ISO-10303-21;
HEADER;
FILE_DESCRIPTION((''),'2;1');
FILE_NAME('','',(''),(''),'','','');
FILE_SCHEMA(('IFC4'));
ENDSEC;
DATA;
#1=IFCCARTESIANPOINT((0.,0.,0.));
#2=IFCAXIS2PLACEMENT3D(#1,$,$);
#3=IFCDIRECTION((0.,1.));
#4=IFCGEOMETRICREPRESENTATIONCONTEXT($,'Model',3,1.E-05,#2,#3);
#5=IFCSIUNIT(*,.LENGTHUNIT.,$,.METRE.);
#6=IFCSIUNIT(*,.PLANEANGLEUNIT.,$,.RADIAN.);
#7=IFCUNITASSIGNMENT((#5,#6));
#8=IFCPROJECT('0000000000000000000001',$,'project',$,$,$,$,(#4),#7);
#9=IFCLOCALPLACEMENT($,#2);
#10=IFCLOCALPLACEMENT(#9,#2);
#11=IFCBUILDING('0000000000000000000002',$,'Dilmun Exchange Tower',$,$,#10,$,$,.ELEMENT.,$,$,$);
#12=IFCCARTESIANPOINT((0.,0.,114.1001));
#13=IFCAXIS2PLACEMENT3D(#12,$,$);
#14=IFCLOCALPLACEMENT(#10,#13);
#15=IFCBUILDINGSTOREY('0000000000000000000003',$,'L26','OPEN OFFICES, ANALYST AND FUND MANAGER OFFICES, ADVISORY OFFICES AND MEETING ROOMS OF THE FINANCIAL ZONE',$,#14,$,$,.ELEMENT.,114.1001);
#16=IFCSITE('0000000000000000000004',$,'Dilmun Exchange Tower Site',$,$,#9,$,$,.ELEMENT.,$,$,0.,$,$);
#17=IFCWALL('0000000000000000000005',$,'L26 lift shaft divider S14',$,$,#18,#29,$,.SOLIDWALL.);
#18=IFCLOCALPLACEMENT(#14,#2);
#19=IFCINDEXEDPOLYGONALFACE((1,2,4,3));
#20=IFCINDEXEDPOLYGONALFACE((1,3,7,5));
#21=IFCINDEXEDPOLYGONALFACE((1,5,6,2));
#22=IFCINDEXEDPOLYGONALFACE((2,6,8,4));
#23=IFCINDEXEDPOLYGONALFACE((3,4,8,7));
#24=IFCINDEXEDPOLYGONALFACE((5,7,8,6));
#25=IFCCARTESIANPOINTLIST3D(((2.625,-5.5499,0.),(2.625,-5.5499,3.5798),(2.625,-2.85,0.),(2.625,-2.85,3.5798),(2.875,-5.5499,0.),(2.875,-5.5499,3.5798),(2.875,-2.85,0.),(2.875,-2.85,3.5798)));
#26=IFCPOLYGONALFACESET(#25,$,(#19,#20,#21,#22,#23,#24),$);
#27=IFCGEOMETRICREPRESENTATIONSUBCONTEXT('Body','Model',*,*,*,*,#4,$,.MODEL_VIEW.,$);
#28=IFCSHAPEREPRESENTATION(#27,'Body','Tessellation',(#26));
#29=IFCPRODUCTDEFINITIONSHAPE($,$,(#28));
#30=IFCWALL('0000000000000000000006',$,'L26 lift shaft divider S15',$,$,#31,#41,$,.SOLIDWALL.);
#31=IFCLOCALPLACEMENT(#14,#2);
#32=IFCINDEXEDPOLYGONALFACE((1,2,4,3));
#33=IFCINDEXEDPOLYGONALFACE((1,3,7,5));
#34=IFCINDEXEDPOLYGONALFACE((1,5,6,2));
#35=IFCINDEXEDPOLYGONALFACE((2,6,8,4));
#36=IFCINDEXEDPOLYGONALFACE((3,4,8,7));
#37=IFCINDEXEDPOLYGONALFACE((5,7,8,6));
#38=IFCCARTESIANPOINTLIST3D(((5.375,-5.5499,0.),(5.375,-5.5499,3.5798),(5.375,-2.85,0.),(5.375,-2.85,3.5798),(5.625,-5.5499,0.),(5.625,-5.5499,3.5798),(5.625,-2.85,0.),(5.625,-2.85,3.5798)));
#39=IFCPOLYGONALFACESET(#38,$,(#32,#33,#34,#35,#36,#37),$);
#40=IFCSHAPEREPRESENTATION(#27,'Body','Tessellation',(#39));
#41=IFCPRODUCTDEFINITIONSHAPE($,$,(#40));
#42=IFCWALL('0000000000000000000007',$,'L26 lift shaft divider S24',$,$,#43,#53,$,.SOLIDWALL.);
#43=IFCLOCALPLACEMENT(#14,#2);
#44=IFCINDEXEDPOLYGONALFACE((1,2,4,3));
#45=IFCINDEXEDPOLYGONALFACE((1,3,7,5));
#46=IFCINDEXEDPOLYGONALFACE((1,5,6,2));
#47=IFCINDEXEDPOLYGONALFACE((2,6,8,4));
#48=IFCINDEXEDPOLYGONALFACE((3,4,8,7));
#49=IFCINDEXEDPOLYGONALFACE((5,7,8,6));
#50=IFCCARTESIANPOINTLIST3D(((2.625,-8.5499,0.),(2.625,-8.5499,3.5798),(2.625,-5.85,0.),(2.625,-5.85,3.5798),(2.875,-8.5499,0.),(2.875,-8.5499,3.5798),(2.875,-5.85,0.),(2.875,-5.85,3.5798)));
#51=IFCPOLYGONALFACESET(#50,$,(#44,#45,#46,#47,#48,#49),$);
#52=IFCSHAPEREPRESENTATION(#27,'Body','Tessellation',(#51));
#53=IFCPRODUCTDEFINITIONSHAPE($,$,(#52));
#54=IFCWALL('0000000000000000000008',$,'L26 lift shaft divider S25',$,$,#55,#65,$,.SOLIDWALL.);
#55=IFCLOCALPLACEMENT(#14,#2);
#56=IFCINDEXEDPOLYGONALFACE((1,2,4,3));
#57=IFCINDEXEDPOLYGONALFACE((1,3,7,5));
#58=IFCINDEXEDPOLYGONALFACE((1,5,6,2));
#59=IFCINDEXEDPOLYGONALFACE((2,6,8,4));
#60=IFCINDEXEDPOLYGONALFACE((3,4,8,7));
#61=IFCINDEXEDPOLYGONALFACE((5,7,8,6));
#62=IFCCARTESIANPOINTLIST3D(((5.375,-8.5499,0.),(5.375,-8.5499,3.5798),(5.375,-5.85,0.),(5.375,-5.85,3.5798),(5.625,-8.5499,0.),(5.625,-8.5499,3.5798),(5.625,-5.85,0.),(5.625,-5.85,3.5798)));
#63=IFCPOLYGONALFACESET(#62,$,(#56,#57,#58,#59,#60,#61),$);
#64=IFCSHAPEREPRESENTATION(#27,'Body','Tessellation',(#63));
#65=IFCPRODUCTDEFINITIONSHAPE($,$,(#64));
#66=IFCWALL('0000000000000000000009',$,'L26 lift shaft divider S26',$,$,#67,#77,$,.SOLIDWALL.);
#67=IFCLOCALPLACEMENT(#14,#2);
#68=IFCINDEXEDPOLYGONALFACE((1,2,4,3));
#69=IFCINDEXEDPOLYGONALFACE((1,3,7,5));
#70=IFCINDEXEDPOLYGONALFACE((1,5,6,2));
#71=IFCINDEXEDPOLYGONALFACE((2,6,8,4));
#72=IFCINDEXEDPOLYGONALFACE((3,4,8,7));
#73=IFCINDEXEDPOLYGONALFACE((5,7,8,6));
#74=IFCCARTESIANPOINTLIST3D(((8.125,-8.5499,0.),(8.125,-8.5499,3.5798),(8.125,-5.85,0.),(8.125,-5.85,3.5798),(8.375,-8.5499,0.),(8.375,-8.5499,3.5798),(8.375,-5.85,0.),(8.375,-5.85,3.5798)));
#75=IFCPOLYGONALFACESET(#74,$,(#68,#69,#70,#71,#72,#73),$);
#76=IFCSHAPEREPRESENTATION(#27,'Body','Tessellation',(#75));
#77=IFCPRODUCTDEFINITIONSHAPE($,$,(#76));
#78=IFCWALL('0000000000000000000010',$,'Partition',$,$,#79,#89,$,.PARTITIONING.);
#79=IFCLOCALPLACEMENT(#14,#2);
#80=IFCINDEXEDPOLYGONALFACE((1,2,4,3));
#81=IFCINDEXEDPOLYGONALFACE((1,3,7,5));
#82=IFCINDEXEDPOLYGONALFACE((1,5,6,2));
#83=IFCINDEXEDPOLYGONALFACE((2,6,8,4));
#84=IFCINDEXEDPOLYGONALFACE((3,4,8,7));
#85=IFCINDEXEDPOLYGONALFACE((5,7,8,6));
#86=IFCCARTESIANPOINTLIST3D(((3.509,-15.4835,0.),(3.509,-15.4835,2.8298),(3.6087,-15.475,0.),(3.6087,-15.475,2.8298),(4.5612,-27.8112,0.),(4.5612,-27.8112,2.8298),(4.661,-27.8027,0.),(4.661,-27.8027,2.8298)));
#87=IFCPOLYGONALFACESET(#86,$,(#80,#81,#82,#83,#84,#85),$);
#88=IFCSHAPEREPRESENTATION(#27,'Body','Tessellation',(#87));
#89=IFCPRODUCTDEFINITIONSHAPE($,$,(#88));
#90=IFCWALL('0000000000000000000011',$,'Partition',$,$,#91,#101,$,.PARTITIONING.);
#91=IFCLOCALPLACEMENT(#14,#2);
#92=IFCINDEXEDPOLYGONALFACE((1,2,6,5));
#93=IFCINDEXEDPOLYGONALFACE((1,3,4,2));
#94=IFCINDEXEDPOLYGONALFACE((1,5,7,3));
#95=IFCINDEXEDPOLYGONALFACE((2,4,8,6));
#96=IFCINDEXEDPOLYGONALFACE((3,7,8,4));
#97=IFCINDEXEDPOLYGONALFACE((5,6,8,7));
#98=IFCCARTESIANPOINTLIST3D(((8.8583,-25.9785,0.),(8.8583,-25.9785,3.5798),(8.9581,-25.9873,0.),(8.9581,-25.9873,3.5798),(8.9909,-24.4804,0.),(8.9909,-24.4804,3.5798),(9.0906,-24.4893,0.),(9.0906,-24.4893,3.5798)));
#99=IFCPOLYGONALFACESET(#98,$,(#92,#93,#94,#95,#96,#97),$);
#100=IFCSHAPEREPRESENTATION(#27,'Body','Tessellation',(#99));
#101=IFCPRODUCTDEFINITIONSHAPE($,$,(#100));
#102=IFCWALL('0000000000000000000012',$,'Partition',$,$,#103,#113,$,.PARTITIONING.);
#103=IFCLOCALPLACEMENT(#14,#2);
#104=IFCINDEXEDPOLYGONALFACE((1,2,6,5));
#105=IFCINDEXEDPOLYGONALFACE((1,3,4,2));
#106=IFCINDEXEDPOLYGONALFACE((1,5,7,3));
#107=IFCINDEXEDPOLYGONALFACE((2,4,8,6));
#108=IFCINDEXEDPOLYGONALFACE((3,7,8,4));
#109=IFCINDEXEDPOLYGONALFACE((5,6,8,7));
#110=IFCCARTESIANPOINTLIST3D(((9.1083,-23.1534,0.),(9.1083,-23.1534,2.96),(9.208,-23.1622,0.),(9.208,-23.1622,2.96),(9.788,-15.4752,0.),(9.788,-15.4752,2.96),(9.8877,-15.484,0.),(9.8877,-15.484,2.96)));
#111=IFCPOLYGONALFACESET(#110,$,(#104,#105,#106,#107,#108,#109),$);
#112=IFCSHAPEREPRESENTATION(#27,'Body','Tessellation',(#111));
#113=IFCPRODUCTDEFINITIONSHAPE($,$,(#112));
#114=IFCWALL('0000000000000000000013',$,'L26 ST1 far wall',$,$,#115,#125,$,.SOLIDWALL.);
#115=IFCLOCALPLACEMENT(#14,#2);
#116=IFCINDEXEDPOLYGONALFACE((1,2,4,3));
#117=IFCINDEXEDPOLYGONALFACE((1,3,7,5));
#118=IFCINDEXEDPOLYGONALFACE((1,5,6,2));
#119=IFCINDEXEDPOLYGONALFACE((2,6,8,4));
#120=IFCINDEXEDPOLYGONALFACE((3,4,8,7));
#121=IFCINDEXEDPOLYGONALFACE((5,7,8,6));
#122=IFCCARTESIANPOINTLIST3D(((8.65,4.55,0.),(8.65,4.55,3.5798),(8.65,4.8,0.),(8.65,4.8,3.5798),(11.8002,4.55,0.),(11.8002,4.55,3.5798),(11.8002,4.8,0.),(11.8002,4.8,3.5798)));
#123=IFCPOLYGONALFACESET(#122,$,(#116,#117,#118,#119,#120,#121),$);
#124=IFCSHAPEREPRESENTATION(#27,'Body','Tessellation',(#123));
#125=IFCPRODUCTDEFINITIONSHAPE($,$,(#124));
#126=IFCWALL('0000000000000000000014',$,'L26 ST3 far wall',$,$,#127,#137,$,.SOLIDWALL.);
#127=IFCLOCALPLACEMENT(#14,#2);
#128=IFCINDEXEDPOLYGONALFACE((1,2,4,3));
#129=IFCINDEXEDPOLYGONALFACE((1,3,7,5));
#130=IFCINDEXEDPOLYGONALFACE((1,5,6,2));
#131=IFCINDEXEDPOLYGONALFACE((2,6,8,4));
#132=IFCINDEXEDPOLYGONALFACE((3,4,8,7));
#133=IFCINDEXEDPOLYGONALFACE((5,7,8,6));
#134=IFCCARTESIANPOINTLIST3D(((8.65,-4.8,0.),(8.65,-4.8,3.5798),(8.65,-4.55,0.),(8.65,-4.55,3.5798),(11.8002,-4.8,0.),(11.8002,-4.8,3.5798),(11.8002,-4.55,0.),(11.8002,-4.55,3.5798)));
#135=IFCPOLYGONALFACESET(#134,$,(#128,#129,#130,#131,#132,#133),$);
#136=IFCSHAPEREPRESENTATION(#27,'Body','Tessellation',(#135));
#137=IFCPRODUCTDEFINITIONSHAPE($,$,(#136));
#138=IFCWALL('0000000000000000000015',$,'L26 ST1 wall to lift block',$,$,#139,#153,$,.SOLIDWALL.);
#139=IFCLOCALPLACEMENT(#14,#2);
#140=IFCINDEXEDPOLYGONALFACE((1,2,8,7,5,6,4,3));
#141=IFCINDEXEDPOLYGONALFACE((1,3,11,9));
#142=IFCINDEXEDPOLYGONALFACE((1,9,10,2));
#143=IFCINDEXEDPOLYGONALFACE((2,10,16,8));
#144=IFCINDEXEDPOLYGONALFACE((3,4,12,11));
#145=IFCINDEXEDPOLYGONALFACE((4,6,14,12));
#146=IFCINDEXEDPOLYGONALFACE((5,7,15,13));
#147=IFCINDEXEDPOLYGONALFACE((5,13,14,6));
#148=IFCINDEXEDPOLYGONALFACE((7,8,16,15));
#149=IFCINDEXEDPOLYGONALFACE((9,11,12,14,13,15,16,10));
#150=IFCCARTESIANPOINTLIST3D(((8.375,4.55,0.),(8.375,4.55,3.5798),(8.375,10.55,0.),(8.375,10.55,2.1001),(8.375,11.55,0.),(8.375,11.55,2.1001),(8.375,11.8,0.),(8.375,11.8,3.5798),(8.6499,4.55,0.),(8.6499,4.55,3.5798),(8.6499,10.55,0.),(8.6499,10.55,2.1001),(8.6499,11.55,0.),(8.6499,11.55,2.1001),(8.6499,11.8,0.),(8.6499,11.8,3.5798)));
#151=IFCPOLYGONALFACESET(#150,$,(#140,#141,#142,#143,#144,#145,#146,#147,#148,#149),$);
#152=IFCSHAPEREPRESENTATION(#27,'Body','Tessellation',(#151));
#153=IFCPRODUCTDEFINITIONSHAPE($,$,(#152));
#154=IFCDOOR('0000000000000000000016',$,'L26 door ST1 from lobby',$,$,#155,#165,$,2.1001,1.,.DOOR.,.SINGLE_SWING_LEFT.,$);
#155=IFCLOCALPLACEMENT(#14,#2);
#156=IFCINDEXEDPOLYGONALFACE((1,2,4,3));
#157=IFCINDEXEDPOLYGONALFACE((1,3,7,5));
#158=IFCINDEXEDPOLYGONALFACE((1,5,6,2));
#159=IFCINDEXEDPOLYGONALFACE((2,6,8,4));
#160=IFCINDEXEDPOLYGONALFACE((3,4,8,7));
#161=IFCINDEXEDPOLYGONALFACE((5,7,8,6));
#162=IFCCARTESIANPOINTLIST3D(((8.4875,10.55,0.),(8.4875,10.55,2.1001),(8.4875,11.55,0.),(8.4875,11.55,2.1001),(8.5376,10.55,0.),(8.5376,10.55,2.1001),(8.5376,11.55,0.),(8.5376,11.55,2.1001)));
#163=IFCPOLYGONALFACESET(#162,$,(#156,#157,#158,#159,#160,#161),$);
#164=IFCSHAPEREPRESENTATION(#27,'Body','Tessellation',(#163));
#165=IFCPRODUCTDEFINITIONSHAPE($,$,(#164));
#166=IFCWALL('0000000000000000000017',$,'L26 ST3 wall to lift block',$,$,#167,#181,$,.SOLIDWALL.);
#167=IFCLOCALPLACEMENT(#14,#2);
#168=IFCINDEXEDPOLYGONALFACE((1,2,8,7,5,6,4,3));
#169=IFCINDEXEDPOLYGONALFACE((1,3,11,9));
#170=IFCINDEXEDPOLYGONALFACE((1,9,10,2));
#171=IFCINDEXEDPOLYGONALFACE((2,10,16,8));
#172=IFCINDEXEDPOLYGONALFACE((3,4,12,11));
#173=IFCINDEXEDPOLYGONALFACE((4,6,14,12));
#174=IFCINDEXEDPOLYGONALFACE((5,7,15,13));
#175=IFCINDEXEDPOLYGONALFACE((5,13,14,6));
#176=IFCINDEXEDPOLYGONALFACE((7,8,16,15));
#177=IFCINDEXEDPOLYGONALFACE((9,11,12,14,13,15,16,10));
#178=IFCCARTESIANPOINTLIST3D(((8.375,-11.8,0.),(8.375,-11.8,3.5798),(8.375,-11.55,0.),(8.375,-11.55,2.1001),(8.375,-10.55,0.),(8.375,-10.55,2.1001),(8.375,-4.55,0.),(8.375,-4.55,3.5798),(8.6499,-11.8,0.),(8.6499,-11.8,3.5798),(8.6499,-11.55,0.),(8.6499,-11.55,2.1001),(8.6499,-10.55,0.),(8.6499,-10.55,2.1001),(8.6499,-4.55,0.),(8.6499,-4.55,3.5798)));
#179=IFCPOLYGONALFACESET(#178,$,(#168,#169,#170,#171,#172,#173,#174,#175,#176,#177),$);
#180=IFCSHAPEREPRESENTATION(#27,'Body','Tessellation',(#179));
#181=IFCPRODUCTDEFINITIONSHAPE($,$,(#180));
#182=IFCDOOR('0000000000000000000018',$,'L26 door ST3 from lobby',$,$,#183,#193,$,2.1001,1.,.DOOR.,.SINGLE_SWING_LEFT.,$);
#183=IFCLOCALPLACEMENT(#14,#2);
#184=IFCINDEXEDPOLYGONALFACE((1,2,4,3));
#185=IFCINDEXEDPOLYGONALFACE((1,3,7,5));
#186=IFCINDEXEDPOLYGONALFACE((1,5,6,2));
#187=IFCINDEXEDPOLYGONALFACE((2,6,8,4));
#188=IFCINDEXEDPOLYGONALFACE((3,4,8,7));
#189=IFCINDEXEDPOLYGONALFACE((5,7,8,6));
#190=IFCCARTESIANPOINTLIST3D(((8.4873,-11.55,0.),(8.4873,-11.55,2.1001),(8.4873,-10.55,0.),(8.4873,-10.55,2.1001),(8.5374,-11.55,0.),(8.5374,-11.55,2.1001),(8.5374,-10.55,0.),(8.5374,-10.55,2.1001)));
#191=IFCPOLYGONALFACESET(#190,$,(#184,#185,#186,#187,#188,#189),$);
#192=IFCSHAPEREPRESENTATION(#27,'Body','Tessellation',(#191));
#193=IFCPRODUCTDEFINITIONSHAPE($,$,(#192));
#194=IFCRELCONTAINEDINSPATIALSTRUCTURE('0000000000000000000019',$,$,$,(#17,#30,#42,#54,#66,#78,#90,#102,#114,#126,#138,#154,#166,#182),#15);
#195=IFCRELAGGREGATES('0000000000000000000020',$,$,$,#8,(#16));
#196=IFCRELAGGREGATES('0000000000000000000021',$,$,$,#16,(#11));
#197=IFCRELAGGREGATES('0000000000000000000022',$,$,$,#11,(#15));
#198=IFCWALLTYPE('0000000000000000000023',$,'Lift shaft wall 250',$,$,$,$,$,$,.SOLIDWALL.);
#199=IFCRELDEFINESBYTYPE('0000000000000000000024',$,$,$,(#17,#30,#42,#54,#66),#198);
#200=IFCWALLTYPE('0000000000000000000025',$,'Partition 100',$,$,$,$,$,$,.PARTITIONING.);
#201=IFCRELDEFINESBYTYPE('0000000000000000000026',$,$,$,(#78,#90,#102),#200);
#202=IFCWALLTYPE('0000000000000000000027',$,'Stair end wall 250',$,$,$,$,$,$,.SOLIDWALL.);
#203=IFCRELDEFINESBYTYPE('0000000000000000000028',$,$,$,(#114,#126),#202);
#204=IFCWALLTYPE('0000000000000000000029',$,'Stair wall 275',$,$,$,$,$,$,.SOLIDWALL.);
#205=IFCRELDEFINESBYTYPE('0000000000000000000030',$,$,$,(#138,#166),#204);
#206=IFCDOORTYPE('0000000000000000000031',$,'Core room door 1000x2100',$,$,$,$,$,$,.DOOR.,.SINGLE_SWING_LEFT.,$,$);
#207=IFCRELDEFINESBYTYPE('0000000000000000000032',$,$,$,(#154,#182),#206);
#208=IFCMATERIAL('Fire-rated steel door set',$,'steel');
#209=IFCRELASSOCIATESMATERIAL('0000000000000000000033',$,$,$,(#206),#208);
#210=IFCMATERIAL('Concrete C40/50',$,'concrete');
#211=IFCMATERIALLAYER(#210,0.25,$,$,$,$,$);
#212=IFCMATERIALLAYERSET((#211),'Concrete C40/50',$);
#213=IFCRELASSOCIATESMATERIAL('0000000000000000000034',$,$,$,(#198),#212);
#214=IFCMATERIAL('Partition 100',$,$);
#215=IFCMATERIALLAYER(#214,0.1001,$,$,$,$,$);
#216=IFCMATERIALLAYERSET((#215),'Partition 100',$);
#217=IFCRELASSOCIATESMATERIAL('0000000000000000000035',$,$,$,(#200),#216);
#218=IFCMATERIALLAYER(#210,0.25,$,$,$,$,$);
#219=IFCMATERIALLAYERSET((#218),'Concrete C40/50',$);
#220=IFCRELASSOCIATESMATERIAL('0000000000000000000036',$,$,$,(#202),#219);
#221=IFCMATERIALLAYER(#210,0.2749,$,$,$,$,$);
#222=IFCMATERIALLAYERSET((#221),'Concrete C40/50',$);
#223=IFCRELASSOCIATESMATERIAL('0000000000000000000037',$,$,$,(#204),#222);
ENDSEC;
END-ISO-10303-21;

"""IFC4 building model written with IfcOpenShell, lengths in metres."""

from ifc_helpers import new_model, si_unit, direction, frame, frame_2d, origin, place, context, subcontext, project, spatial, rectangle, extrude, material, layer, layer_set, type_object, element, fill, save


model = new_model("IFC4")

# Units and contexts
model_context = context("Model", 3, precision=1e-05, world=origin(), true_north=direction((0.0, 1.0)))
body_context = subcontext(model_context, "Body", "Model", "MODEL_VIEW")
ifc_project = project(units=[si_unit("LENGTHUNIT", "METRE"), si_unit("PLANEANGLEUNIT", "RADIAN")], contexts=[model_context])

# Site, building, storey
site_placement = place(None, origin())
site = spatial("IfcSite", under=ifc_project, at=site_placement, Name="Dilmun Exchange Tower Site", CompositionType="ELEMENT", RefElevation=0.0)
building_placement = place(site_placement, origin())
building = spatial("IfcBuilding", under=site, at=building_placement, Name="Dilmun Exchange Tower", CompositionType="ELEMENT")
storey_placement = place(building_placement, frame((0.0, 0.0, 114.1001)))
storey = spatial("IfcBuildingStorey", under=building, at=storey_placement, Name="L26", Description="OPEN OFFICES, ANALYST AND FUND MANAGER OFFICES, ADVISORY OFFICES AND MEETING ROOMS OF THE FINANCIAL ZONE", CompositionType="ELEMENT", Elevation=114.1001)

# Shared definitions
ifc_material_1 = material(Name="Concrete C40/50", Category="concrete")

# Shared definitions
ifc_material_2 = material(Name="Fire-rated steel door set", Category="steel")
door_type_1 = type_object("IfcDoorType", Name="Core room door 1000x2100", OperationType="SINGLE_SWING_LEFT", PredefinedType="DOOR", material=ifc_material_2)

# Walls
ifc_layer_1 = layer(ifc_material_1, 0.25)
ifc_layer_set_1 = layer_set([ifc_layer_1], Name="Concrete C40/50")
wall_type_1 = type_object("IfcWallType", Name="Lift shaft wall 250", PredefinedType="SOLIDWALL", material=ifc_layer_set_1)
for number, where, z_axis, x_axis, name in (
    (1, (2.75, -5.55, 0.0), (0.0, 0.0, 1.0), (0.0, 1.0, 0.0), "L26 lift shaft divider S14"),
    (2, (5.5, -5.55, 0.0), (0.0, 0.0, 1.0), (0.0, 1.0, 0.0), "L26 lift shaft divider S15"),
    (3, (2.75, -8.55, 0.0), (0.0, 0.0, 1.0), (0.0, 1.0, 0.0), "L26 lift shaft divider S24"),
    (4, (5.5, -8.55, 0.0), (0.0, 0.0, 1.0), (0.0, 1.0, 0.0), "L26 lift shaft divider S25"),
    (5, (8.25, -8.55, 0.0), (0.0, 0.0, 1.0), (0.0, 1.0, 0.0), "L26 lift shaft divider S26"),
):
    element("IfcWall", number, at=place(storey_placement, frame(where, z_axis=z_axis, x_axis=x_axis)), inside=storey, type_object=wall_type_1, Name=name, PredefinedType="SOLIDWALL", context=body_context, shape_type="SweptSolid", body=[
        extrude(rectangle(XDim=2.7, YDim=0.25, at=frame_2d((1.3501, 0.0))), origin(), (0.0, 0.0, 1.0), 3.5798),
    ])
ifc_material_3 = material(Name="Partition 100")
ifc_layer_2 = layer(ifc_material_3, 0.1001)
ifc_layer_set_2 = layer_set([ifc_layer_2], Name="Partition 100")
wall_type_2 = type_object("IfcWallType", Name="Partition 100", PredefinedType="PARTITIONING", material=ifc_layer_set_2)
wall_1_placement = place(storey_placement, frame((3.5588, -15.4792, 0.0), z_axis=(0.0, 0.0, 1.0), x_axis=(0.085047, -0.996377, 0.0)))
element("IfcWall", 6, at=wall_1_placement, inside=storey, type_object=wall_type_2, Name="Partition", PredefinedType="PARTITIONING", context=body_context, shape_type="SweptSolid", body=[
    extrude(rectangle(XDim=12.3726, YDim=0.1001, at=frame_2d((6.1863, 0.0))), origin(), (0.0, 0.0, 1.0), 2.8298),
])
wall_2_placement = place(storey_placement, frame((8.9082, -25.9829, 0.0), z_axis=(0.0, 0.0, 1.0), x_axis=(0.08815, 0.996107, 0.0)))
element("IfcWall", 7, at=wall_2_placement, inside=storey, type_object=wall_type_2, Name="Partition", PredefinedType="PARTITIONING", context=body_context, shape_type="SweptSolid", body=[
    extrude(rectangle(XDim=1.5039, YDim=0.1001, at=frame_2d((0.752, 0.0))), origin(), (0.0, 0.0, 1.0), 3.5798),
])
wall_3_placement = place(storey_placement, frame((9.1582, -23.1577, 0.0), z_axis=(0.0, 0.0, 1.0), x_axis=(0.088177, 0.996105, 0.0)))
element("IfcWall", 8, at=wall_3_placement, inside=storey, type_object=wall_type_2, Name="Partition", PredefinedType="PARTITIONING", context=body_context, shape_type="SweptSolid", body=[
    extrude(rectangle(XDim=7.7083, YDim=0.1001, at=frame_2d((3.854, 0.0))), origin(), (0.0, 0.0, 1.0), 2.96),
])
ifc_layer_3 = layer(ifc_material_1, 0.25)
ifc_layer_set_3 = layer_set([ifc_layer_3], Name="Concrete C40/50")
wall_type_3 = type_object("IfcWallType", Name="Stair end wall 250", PredefinedType="SOLIDWALL", material=ifc_layer_set_3)
for number, where, z_axis, x_axis, name in (
    (9, (8.6499, 4.675, 0.0), (0.0, 0.0, 1.0), (1.0, 0.0, 0.0), "L26 ST1 far wall"),
    (10, (8.6499, -4.675, 0.0), (0.0, 0.0, 1.0), (1.0, 0.0, 0.0), "L26 ST3 far wall"),
):
    element("IfcWall", number, at=place(storey_placement, frame(where, z_axis=z_axis, x_axis=x_axis)), inside=storey, type_object=wall_type_3, Name=name, PredefinedType="SOLIDWALL", context=body_context, shape_type="SweptSolid", body=[
        extrude(rectangle(XDim=3.1501, YDim=0.25, at=frame_2d((1.5752, 0.0))), origin(), (0.0, 0.0, 1.0), 3.5798),
    ])

# Walls, openings, doors
ifc_layer_4 = layer(ifc_material_1, 0.2749)
ifc_layer_set_4 = layer_set([ifc_layer_4], Name="Concrete C40/50")
wall_type_4 = type_object("IfcWallType", Name="Stair wall 275", PredefinedType="SOLIDWALL", material=ifc_layer_set_4)
wall_4_placement = place(storey_placement, frame((8.5125, 4.55, 0.0), z_axis=(0.0, 0.0, 1.0), x_axis=(0.0, 1.0, 0.0)))
wall_4 = element("IfcWall", 11, at=wall_4_placement, inside=storey, type_object=wall_type_4, Name="L26 ST1 wall to lift block", PredefinedType="SOLIDWALL", context=body_context, shape_type="SweptSolid", body=[
    extrude(rectangle(XDim=7.25, YDim=0.2749, at=frame_2d((3.625, 0.0))), origin(), (0.0, 0.0, 1.0), 3.5798),
])
opening_1_placement = place(wall_4_placement, frame((6.0, 0.0, 0.0)))
opening_1 = element("IfcOpeningElement", 12, at=opening_1_placement, cuts=wall_4, PredefinedType="OPENING", context=body_context, shape_type="SweptSolid", body=[
    extrude(rectangle(XDim=1.0, YDim=2.1001, at=frame_2d((0.5, 1.05))), frame((0.0, 0.1475, 0.0), z_axis=(0.0, -1.0, 0.0), x_axis=(1.0, 0.0, 0.0)), (0.0, 0.0, 1.0), 0.2949),
])
door_1_placement = place(opening_1_placement, origin())
door_1 = element("IfcDoor", 13, at=door_1_placement, inside=storey, type_object=door_type_1, Name="L26 door ST1 from lobby", OperationType="SINGLE_SWING_LEFT", OverallHeight=2.1001, OverallWidth=1.0, PredefinedType="DOOR", context=body_context, shape_type="SweptSolid", body=[
    extrude(rectangle(XDim=1.0, YDim=2.1001, at=frame_2d((0.5, 1.05))), frame((0.0, 0.0249, 0.0), z_axis=(0.0, -1.0, 0.0), x_axis=(1.0, 0.0, 0.0)), (0.0, 0.0, 1.0), 0.05),
])
fill(opening_1, door_1)
wall_5_placement = place(storey_placement, frame((8.5125, -4.55, 0.0), z_axis=(0.0, 0.0, 1.0), x_axis=(0.0, -1.0, 0.0)))
wall_5 = element("IfcWall", 14, at=wall_5_placement, inside=storey, type_object=wall_type_4, Name="L26 ST3 wall to lift block", PredefinedType="SOLIDWALL", context=body_context, shape_type="SweptSolid", body=[
    extrude(rectangle(XDim=7.25, YDim=0.2749, at=frame_2d((3.625, 0.0))), origin(), (0.0, 0.0, 1.0), 3.5798),
])
opening_2_placement = place(wall_5_placement, frame((6.0, 0.0, 0.0)))
opening_2 = element("IfcOpeningElement", 15, at=opening_2_placement, cuts=wall_5, PredefinedType="OPENING", context=body_context, shape_type="SweptSolid", body=[
    extrude(rectangle(XDim=1.0, YDim=2.1001, at=frame_2d((0.5, 1.05))), frame((0.0, 0.1475, 0.0), z_axis=(0.0, -1.0, 0.0), x_axis=(1.0, 0.0, 0.0)), (0.0, 0.0, 1.0), 0.2949),
])
door_2_placement = place(opening_2_placement, origin())
door_2 = element("IfcDoor", 16, at=door_2_placement, inside=storey, type_object=door_type_1, Name="L26 door ST3 from lobby", OperationType="SINGLE_SWING_LEFT", OverallHeight=2.1001, OverallWidth=1.0, PredefinedType="DOOR", context=body_context, shape_type="SweptSolid", body=[
    extrude(rectangle(XDim=1.0, YDim=2.1001, at=frame_2d((0.5, 1.05))), frame((0.0, 0.0249, 0.0), z_axis=(0.0, -1.0, 0.0), x_axis=(1.0, 0.0, 0.0)), (0.0, 0.0, 1.0), 0.05),
])
fill(opening_2, door_2)

save(model, "model.ifc")
